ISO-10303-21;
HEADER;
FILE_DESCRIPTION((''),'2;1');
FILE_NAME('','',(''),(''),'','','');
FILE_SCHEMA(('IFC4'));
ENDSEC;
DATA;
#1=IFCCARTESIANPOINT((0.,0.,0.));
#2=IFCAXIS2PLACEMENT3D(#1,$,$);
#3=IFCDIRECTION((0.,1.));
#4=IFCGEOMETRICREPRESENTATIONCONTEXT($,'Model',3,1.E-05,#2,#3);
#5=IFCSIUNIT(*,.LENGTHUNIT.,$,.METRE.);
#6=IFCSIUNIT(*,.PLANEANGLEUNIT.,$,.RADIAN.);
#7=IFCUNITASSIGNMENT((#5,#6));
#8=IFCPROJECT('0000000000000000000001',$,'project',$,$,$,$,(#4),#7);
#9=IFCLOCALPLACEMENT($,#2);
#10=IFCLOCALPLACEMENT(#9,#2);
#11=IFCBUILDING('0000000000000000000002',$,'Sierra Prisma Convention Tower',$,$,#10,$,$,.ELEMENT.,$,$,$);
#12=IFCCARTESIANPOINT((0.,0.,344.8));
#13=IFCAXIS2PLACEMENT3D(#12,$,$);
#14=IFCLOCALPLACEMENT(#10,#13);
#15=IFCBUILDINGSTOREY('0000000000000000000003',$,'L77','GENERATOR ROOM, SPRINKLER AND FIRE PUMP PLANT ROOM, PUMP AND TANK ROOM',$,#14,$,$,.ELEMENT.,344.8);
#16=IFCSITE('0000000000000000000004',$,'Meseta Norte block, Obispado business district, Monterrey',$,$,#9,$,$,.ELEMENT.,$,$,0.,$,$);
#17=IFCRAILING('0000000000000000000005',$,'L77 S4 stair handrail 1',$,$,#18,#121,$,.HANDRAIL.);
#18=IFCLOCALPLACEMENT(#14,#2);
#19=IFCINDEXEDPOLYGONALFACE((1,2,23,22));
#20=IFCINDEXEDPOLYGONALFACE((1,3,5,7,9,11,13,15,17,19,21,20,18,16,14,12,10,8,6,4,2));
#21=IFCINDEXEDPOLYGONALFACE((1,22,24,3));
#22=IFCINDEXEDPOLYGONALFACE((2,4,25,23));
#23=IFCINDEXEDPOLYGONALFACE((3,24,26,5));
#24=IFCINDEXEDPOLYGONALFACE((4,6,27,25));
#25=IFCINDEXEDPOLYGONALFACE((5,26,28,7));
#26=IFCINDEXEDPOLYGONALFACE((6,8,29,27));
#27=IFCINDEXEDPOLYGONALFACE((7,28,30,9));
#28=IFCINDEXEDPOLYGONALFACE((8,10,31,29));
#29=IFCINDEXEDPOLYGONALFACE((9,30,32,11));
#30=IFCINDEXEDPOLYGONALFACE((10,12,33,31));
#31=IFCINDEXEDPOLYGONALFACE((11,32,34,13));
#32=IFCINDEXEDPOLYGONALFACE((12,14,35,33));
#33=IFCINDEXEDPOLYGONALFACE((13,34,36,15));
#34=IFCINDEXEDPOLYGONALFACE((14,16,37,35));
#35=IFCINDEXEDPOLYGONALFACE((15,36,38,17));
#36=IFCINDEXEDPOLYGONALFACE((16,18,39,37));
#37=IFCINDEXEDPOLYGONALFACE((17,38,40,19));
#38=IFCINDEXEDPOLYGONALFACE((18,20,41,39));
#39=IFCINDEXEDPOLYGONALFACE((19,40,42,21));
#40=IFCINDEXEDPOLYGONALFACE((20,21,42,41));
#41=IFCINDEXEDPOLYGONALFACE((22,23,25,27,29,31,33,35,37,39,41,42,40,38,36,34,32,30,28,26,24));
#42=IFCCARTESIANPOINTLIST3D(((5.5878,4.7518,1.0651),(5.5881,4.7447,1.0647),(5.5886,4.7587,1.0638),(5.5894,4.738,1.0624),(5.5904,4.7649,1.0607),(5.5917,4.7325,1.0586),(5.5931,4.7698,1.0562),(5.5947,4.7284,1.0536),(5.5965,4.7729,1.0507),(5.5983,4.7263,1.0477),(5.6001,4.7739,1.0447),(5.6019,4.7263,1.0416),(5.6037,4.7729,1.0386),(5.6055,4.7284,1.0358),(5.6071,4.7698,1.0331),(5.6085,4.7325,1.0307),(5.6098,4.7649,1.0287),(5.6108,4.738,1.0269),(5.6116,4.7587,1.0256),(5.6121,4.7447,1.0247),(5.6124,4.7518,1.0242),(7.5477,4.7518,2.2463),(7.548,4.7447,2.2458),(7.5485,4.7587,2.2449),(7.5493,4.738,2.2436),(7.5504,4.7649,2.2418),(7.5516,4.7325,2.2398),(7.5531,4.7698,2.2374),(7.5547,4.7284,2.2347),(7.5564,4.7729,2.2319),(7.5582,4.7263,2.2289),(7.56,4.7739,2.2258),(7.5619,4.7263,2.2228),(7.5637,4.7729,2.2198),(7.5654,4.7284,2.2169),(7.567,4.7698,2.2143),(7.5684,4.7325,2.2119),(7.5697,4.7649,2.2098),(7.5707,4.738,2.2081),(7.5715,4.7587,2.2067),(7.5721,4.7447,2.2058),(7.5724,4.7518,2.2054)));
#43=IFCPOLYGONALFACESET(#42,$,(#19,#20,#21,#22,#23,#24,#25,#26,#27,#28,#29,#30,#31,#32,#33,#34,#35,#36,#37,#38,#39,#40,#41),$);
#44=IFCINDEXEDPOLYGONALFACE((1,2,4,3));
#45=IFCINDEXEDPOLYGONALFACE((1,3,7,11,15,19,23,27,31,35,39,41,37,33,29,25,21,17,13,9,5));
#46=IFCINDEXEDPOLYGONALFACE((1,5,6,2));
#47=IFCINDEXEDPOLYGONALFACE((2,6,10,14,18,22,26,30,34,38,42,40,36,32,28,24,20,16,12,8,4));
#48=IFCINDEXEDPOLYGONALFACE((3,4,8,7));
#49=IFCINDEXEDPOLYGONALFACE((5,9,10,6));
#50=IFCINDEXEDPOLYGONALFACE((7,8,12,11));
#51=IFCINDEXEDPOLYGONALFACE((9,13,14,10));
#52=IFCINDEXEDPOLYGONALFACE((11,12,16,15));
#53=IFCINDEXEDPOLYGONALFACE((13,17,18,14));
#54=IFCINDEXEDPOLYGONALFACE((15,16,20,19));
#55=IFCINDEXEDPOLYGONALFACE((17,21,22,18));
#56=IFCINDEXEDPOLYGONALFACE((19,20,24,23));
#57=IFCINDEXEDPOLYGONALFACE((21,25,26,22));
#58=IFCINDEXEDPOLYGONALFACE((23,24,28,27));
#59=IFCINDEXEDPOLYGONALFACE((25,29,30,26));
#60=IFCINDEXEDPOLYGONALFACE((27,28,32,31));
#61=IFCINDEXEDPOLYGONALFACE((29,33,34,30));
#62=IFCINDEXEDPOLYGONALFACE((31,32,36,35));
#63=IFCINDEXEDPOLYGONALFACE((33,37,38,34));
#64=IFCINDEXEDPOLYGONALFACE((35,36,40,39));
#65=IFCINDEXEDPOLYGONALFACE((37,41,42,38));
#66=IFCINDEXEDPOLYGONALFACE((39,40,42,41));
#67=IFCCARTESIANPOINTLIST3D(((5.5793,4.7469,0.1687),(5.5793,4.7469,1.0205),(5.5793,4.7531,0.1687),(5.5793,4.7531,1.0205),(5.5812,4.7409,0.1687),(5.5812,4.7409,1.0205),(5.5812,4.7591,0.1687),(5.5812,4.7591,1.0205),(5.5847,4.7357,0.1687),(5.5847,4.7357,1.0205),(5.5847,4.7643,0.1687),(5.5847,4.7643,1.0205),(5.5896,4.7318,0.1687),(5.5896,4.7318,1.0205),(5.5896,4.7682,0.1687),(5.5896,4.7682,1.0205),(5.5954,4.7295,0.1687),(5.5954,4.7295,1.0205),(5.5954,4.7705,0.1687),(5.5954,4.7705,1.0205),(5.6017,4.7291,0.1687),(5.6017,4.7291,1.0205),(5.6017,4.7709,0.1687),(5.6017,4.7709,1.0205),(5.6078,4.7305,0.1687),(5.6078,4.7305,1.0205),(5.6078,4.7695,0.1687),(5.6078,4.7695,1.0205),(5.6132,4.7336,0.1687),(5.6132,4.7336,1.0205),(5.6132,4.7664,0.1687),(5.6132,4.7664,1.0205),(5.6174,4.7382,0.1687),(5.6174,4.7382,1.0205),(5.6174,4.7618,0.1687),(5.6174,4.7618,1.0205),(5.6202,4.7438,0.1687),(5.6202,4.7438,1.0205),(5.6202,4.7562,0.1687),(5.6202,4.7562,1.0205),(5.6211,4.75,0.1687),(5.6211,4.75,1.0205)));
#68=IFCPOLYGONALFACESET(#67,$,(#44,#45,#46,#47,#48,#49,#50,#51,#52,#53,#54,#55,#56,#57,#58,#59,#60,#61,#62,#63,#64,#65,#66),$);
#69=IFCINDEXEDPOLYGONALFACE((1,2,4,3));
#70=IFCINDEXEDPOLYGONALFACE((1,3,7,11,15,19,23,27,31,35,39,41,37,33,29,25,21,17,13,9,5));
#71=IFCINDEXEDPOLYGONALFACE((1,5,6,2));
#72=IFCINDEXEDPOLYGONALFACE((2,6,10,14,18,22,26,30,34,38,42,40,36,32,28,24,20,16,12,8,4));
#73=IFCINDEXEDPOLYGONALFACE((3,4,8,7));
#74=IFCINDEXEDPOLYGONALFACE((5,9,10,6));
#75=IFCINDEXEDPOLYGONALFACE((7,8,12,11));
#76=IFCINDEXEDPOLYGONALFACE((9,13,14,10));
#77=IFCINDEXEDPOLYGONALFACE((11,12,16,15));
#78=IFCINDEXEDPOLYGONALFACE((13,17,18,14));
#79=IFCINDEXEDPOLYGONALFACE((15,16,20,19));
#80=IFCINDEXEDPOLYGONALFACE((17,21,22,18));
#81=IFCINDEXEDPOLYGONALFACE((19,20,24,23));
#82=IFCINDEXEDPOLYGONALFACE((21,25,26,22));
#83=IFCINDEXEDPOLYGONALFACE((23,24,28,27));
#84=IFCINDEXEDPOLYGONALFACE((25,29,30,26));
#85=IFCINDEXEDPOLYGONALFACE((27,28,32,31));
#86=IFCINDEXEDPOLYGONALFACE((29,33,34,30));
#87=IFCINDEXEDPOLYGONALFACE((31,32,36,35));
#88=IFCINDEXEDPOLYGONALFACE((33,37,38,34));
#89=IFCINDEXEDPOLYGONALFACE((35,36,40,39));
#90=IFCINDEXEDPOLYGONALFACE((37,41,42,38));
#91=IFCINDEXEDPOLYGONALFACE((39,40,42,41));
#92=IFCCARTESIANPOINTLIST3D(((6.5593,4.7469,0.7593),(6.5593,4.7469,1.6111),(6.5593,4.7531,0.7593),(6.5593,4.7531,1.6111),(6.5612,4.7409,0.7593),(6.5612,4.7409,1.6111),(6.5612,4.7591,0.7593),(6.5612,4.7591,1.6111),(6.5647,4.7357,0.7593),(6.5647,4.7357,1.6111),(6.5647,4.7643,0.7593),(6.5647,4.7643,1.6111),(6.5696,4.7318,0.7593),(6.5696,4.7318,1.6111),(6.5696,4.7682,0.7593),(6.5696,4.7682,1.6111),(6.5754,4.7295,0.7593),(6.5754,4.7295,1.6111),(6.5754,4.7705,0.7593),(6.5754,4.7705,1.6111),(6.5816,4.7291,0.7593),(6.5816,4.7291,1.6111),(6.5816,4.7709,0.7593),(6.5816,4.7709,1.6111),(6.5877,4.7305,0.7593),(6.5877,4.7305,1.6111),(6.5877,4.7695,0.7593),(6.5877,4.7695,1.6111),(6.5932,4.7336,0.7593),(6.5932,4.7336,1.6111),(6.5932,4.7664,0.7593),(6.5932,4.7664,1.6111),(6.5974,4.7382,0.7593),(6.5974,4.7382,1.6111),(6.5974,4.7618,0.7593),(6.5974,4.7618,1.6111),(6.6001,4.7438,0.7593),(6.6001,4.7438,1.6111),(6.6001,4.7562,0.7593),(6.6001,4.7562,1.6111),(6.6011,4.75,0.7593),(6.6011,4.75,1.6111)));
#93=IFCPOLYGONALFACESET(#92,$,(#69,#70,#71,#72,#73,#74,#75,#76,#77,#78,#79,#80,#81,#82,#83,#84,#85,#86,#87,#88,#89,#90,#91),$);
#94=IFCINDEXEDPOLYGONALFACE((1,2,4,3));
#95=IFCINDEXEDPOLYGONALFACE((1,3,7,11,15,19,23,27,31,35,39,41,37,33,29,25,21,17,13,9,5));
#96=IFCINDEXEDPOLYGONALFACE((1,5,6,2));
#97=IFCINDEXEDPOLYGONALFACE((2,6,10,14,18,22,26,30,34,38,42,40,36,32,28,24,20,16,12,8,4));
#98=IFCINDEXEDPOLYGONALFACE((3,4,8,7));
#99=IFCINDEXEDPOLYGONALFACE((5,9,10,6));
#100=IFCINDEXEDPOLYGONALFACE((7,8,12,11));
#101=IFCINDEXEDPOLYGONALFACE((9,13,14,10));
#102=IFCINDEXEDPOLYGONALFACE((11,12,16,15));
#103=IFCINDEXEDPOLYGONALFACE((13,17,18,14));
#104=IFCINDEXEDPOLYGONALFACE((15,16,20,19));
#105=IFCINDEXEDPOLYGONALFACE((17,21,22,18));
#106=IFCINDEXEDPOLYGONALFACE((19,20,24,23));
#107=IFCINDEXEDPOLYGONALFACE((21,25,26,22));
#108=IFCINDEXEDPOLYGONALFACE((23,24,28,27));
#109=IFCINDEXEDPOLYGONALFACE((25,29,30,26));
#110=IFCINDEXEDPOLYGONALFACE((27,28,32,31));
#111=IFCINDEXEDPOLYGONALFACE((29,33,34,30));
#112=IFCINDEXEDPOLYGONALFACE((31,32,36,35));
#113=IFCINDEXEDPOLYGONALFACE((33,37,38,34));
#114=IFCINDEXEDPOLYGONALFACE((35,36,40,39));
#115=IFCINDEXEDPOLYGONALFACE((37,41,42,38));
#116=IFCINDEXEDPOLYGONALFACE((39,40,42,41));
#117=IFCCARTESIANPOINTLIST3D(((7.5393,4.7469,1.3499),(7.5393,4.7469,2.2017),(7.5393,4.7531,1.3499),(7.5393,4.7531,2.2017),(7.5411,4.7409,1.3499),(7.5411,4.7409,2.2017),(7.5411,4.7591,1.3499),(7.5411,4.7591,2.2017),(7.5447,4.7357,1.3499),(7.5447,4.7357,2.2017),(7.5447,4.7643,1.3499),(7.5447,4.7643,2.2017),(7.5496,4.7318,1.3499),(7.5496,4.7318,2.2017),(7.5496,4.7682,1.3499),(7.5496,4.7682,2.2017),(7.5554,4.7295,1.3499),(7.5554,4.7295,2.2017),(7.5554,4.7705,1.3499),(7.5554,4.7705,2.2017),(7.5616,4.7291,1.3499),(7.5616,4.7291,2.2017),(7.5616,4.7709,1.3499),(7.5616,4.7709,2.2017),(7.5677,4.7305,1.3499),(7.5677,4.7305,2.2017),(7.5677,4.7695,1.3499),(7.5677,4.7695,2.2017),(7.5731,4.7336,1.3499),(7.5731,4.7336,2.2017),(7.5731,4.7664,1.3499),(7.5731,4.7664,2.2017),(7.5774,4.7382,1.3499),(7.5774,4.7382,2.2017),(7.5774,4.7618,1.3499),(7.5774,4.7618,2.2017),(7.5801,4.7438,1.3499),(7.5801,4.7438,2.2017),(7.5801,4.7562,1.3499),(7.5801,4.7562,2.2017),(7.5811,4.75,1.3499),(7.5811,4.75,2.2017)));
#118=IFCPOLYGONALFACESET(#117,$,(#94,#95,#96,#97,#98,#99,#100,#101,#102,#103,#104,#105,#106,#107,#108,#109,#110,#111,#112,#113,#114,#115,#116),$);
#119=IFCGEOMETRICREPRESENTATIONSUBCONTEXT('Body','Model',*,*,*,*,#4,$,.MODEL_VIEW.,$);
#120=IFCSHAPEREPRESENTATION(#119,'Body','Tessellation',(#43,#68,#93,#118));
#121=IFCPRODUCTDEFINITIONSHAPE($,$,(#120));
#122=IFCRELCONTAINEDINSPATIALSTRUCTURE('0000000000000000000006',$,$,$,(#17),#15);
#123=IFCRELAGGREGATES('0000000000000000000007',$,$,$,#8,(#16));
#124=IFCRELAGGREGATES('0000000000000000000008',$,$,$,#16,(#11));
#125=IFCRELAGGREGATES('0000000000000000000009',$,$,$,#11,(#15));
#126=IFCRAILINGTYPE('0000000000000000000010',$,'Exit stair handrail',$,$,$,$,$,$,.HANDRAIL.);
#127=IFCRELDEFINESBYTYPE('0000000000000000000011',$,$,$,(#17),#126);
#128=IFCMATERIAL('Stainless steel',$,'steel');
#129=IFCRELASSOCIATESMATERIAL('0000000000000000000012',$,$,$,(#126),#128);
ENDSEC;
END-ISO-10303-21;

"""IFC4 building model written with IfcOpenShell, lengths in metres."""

from ifc_helpers import new_model, si_unit, direction, frame, origin, origin_2d, place, context, subcontext, project, spatial, circle, extrude, material, type_object, element, save


model = new_model("IFC4")

# Units and contexts
model_context = context("Model", 3, precision=1e-05, world=origin(), true_north=direction((0.0, 1.0)))
body_context = subcontext(model_context, "Body", "Model", "MODEL_VIEW")
ifc_project = project(units=[si_unit("LENGTHUNIT", "METRE"), si_unit("PLANEANGLEUNIT", "RADIAN")], contexts=[model_context])

# Site, building, storey
site_placement = place(None, origin())
site = spatial("IfcSite", under=ifc_project, at=site_placement, Name="Meseta Norte block, Obispado business district, Monterrey", CompositionType="ELEMENT", RefElevation=0.0)
building_placement = place(site_placement, origin())
building = spatial("IfcBuilding", under=site, at=building_placement, Name="Sierra Prisma Convention Tower", CompositionType="ELEMENT")
storey_placement = place(building_placement, frame((0.0, 0.0, 344.8)))
storey = spatial("IfcBuildingStorey", under=building, at=storey_placement, Name="L77", Description="GENERATOR ROOM, SPRINKLER AND FIRE PUMP PLANT ROOM, PUMP AND TANK ROOM", CompositionType="ELEMENT", Elevation=344.8)

# Railing
ifc_material_1 = material(Name="Stainless steel", Category="steel")
railing_type = type_object("IfcRailingType", Name="Exit stair handrail", PredefinedType="HANDRAIL", material=ifc_material_1)
railing_1_placement = place(storey_placement, frame((5.6001, 4.75, 0.1687)))
element("IfcRailing", 1, at=railing_1_placement, inside=storey, type_object=railing_type, Name="L77 S4 stair handrail 1", PredefinedType="HANDRAIL", context=body_context, shape_type="SweptSolid", body=[
    extrude(circle(Radius=0.0239, at=origin_2d()), frame((0.0, 0.0, 0.876), z_axis=(0.856493, 0.0, 0.516158), x_axis=(0.0, 1.0, 0.0)), (0.0, 0.0, 1.0), 2.2883),
    extrude(circle(Radius=0.021, at=origin_2d()), origin(), (0.0, 0.0, 1.0), 0.8518),
    extrude(circle(Radius=0.021, at=origin_2d()), frame((0.98, 0.0, 0.5906)), (0.0, 0.0, 1.0), 0.8518),
    extrude(circle(Radius=0.021, at=origin_2d()), frame((1.96, 0.0, 1.1812)), (0.0, 0.0, 1.0), 0.8518),
])

save(model, "model.ifc")
